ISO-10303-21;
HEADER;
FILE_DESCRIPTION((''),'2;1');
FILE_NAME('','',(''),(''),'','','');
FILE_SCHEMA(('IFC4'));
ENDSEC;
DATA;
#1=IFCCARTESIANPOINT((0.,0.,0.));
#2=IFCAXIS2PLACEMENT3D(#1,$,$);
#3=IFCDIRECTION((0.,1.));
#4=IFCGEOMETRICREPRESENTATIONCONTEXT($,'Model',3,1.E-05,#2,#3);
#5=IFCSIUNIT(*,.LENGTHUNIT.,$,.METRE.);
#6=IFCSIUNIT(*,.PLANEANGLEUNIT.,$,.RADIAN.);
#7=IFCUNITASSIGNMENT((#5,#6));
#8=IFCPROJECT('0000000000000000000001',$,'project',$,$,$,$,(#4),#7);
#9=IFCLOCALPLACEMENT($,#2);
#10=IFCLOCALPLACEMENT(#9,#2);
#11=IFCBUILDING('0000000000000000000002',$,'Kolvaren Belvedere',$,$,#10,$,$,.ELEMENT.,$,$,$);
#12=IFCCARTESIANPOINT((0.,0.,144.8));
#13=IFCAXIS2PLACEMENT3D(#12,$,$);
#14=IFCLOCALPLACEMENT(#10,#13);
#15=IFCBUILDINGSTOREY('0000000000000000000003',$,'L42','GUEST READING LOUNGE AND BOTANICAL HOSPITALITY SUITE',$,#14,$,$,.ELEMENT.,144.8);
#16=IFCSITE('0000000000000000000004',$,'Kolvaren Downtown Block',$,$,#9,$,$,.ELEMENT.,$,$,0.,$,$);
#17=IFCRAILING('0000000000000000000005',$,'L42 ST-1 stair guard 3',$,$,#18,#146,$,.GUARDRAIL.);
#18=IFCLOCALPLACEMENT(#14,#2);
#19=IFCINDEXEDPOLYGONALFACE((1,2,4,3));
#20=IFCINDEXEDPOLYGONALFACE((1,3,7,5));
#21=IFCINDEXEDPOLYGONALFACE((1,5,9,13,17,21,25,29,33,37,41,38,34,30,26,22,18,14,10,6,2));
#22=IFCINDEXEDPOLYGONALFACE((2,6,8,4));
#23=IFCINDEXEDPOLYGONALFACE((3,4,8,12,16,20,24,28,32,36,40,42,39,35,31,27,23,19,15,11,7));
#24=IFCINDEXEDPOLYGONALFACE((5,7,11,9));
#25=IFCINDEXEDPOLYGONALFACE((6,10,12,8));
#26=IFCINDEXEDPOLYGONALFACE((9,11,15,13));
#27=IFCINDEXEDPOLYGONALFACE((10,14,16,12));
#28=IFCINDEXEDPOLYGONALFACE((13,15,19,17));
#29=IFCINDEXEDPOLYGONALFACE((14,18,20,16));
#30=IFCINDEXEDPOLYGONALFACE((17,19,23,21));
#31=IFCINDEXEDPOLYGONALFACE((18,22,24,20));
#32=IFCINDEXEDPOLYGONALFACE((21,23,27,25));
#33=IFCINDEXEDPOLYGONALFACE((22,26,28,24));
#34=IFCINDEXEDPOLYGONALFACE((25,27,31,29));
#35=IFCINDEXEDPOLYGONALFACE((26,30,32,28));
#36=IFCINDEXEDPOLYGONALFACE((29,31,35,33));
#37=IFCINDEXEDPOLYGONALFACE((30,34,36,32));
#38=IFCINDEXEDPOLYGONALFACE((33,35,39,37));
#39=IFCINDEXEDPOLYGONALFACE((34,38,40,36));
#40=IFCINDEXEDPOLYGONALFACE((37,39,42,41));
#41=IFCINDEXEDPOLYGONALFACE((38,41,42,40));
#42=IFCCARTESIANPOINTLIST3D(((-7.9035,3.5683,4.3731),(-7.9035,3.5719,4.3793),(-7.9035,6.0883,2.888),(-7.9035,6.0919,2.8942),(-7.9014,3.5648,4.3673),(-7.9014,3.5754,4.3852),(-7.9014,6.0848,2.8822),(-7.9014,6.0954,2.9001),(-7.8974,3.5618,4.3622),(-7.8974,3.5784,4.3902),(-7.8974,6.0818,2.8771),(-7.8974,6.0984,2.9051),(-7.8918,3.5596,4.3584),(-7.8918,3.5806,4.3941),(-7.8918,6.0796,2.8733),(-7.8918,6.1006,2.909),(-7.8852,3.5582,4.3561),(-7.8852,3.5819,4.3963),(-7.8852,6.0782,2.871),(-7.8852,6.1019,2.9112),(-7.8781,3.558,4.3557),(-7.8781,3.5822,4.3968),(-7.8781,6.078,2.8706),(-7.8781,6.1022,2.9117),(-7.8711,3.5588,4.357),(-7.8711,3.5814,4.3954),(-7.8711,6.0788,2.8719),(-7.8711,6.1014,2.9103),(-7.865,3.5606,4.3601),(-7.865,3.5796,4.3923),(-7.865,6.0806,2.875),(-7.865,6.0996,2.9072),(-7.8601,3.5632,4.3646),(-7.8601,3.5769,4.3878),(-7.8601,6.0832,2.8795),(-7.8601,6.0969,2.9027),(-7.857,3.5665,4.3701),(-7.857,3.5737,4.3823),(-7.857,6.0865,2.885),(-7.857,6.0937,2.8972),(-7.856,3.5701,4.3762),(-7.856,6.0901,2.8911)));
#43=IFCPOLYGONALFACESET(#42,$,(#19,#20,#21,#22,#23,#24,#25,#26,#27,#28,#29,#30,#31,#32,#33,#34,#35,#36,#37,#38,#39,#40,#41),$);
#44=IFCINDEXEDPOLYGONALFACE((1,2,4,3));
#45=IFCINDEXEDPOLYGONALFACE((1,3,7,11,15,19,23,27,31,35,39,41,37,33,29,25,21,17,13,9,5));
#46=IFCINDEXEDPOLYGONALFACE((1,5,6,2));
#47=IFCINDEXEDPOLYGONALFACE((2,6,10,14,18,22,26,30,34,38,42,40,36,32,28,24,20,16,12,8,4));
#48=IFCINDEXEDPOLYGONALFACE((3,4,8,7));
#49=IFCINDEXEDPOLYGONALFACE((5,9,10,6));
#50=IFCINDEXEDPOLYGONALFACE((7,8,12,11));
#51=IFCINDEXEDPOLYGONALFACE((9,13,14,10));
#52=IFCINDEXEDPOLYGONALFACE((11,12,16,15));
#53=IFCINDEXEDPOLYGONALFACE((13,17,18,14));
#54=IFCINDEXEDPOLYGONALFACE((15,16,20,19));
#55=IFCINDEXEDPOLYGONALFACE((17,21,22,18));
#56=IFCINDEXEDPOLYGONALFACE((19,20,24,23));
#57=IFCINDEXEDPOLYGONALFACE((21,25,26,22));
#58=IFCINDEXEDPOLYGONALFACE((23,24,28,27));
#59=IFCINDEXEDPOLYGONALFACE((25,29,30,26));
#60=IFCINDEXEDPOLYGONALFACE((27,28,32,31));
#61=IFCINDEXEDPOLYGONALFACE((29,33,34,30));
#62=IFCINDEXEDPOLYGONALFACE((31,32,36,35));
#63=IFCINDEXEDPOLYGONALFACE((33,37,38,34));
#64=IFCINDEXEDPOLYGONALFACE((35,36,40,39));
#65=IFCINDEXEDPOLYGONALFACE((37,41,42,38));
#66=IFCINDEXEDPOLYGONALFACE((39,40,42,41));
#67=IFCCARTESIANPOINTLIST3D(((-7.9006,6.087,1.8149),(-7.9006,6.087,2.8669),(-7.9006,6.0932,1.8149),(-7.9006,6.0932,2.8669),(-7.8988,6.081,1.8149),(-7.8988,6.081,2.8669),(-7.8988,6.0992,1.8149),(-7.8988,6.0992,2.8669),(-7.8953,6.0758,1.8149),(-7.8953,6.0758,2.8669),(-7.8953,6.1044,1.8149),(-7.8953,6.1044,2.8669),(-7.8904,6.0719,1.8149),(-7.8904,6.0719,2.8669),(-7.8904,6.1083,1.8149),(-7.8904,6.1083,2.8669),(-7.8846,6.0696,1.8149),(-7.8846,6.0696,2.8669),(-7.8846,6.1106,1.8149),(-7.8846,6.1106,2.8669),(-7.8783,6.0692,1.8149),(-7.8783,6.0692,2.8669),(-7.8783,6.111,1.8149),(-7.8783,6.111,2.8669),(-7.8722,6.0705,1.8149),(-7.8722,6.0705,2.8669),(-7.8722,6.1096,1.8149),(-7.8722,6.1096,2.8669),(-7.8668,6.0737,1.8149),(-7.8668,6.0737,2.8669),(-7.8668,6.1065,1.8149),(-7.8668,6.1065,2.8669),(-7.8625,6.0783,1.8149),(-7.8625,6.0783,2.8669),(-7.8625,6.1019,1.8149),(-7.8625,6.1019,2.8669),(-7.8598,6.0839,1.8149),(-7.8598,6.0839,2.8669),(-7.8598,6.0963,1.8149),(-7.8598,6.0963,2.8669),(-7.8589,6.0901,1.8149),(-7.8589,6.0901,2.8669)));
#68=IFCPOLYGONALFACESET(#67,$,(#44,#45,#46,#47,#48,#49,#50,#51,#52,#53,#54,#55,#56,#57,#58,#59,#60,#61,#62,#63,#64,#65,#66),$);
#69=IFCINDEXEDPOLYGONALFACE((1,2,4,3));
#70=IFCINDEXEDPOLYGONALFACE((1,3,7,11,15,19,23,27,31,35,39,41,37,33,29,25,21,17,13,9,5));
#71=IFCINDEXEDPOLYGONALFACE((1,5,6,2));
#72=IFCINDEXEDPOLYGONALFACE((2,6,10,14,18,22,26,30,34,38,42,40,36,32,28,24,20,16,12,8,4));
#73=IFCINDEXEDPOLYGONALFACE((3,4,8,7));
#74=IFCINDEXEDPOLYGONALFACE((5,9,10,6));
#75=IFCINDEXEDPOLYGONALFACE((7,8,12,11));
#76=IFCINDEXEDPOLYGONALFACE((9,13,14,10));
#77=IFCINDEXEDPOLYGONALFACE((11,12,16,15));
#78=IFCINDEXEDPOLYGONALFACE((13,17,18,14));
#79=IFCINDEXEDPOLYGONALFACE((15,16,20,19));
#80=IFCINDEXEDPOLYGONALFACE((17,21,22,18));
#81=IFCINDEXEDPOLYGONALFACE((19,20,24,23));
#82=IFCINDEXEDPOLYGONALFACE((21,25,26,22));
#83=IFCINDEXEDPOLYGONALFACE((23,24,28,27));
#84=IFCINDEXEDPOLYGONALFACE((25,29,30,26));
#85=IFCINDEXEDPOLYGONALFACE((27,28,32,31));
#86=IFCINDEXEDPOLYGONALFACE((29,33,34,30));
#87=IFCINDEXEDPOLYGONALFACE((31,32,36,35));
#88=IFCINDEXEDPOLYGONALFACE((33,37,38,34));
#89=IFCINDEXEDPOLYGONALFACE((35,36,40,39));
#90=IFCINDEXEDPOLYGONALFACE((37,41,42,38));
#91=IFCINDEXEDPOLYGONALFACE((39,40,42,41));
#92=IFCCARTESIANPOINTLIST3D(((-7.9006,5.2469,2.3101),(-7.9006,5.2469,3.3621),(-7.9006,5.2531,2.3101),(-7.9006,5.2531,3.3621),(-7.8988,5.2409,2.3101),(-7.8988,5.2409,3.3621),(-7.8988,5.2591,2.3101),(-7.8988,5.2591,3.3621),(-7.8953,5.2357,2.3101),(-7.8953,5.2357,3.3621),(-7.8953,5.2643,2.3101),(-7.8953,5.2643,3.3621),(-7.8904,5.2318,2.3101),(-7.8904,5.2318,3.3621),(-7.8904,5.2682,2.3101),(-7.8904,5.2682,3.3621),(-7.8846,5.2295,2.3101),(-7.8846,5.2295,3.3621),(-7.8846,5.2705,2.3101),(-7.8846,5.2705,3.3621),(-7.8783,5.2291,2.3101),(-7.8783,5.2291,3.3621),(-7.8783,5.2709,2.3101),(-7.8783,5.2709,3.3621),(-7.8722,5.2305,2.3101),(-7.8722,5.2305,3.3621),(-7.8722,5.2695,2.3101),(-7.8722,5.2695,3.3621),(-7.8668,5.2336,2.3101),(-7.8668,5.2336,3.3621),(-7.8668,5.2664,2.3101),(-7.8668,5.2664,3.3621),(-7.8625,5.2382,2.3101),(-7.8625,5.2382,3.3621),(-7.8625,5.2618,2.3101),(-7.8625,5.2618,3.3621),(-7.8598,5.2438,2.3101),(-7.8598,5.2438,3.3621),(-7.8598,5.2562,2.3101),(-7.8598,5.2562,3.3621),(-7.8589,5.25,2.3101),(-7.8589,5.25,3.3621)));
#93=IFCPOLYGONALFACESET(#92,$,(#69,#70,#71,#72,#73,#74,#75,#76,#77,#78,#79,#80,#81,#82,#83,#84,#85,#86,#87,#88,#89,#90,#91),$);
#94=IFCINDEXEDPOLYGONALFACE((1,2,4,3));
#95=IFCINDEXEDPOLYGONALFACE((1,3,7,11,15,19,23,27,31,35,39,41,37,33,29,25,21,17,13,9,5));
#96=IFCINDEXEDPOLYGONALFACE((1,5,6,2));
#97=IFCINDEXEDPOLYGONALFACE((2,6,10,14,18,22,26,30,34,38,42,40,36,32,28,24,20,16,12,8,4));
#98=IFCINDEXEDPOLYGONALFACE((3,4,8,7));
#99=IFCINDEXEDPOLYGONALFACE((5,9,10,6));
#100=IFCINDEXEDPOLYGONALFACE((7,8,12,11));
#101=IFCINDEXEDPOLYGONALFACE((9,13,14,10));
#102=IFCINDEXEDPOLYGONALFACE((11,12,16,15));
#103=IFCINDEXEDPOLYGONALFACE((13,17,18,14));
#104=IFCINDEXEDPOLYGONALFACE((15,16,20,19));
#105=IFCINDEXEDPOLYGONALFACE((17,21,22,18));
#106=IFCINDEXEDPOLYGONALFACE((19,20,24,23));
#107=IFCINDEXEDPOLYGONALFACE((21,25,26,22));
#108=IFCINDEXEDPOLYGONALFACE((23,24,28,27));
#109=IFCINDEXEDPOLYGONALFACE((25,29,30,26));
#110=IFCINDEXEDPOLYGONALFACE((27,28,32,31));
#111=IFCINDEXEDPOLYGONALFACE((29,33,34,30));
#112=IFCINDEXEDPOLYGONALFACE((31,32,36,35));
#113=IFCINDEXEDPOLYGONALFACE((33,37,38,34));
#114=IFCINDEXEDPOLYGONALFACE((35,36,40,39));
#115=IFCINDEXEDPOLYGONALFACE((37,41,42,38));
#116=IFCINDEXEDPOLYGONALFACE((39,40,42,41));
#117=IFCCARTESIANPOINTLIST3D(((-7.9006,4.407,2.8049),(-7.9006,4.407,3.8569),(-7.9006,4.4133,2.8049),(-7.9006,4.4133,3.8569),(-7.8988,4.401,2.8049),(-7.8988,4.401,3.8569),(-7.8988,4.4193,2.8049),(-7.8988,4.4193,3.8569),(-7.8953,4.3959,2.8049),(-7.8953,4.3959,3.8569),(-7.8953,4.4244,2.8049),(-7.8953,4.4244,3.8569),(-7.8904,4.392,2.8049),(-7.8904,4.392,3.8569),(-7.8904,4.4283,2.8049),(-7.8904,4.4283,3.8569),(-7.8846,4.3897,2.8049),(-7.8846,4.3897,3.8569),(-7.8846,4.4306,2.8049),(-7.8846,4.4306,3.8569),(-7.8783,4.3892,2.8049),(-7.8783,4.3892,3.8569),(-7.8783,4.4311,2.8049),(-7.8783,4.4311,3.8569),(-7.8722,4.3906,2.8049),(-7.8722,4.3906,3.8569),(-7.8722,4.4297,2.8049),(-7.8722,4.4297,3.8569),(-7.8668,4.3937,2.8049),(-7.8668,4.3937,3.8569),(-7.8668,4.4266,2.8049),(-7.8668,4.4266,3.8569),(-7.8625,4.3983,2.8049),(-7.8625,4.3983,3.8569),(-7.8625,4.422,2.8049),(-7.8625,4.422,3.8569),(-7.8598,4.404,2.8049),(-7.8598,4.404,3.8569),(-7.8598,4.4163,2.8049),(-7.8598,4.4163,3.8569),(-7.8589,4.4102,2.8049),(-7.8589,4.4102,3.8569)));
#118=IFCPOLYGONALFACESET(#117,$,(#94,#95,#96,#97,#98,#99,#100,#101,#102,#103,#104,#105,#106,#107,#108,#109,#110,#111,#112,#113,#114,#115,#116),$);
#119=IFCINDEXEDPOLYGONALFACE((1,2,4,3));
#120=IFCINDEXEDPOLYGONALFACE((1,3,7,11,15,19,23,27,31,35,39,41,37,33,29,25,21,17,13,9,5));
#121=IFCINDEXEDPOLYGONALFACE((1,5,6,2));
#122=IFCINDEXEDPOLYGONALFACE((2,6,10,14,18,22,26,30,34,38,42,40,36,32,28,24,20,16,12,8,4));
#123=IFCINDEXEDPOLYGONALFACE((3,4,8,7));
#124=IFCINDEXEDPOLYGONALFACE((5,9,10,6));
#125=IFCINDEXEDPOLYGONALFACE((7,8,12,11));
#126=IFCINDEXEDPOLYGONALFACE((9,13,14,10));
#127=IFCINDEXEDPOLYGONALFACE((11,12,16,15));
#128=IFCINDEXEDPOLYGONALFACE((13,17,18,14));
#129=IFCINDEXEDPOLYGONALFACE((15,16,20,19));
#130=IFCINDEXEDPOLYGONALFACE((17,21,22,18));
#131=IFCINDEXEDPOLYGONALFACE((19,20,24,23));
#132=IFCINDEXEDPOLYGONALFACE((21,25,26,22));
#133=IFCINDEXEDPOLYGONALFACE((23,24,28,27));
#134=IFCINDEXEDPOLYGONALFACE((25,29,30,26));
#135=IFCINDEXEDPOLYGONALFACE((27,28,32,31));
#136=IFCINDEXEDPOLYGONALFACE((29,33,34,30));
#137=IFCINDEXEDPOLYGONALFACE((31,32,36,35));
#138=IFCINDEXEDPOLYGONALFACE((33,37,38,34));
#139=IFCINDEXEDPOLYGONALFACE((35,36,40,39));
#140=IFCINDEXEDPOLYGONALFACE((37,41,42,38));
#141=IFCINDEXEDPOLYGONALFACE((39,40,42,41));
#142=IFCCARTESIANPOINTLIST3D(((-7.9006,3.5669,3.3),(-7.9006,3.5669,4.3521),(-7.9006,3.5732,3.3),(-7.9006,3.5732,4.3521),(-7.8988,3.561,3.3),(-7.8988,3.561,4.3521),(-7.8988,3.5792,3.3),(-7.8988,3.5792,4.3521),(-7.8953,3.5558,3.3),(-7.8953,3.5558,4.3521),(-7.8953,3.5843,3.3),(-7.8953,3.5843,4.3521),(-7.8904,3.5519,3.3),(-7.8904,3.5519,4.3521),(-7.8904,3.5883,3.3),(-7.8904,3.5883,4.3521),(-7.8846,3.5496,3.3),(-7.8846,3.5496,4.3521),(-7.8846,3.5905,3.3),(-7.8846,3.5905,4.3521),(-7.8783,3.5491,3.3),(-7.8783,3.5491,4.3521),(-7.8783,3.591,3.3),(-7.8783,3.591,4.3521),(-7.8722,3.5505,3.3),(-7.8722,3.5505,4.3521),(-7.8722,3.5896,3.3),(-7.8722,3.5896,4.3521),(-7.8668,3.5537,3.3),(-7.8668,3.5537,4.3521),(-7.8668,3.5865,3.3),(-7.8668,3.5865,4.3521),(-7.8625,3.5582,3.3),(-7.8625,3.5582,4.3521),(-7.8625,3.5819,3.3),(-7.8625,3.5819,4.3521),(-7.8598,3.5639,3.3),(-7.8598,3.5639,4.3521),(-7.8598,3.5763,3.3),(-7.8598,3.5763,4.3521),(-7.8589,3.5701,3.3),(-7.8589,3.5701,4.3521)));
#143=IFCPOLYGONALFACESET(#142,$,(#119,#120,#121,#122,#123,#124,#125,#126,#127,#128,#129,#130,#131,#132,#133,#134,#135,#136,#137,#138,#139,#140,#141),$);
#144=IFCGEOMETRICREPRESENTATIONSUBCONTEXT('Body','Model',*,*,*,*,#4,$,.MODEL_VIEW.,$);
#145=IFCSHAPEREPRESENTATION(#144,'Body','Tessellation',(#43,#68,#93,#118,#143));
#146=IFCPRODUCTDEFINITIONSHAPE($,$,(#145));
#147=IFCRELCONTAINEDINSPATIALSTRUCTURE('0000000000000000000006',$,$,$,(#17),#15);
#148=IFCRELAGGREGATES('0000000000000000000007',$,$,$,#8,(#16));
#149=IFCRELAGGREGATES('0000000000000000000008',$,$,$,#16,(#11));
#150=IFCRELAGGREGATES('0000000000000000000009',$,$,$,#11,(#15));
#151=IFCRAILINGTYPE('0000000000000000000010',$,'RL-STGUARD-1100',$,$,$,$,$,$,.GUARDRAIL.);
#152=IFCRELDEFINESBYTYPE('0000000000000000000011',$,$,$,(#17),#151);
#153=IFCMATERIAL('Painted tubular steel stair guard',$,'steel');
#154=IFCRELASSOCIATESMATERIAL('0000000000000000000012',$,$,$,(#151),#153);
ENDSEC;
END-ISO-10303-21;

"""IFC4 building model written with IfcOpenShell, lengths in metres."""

from ifc_helpers import new_model, si_unit, direction, frame, origin, origin_2d, place, context, subcontext, project, spatial, circle, extrude, material, type_object, element, save


model = new_model("IFC4")

# Units and contexts
model_context = context("Model", 3, precision=1e-05, world=origin(), true_north=direction((0.0, 1.0)))
body_context = subcontext(model_context, "Body", "Model", "MODEL_VIEW")
ifc_project = project(units=[si_unit("LENGTHUNIT", "METRE"), si_unit("PLANEANGLEUNIT", "RADIAN")], contexts=[model_context])

# Site, building, storey
site_placement = place(None, origin())
site = spatial("IfcSite", under=ifc_project, at=site_placement, Name="Kolvaren Downtown Block", CompositionType="ELEMENT", RefElevation=0.0)
building_placement = place(site_placement, origin())
building = spatial("IfcBuilding", under=site, at=building_placement, Name="Kolvaren Belvedere", CompositionType="ELEMENT")
storey_placement = place(building_placement, frame((0.0, 0.0, 144.8)))
storey = spatial("IfcBuildingStorey", under=building, at=storey_placement, Name="L42", Description="GUEST READING LOUNGE AND BOTANICAL HOSPITALITY SUITE", CompositionType="ELEMENT", Elevation=144.8)

# Railing
ifc_material_1 = material(Name="Painted tubular steel stair guard", Category="steel")
railing_type_1 = type_object("IfcRailingType", Name="RL-STGUARD-1100", PredefinedType="GUARDRAIL", material=ifc_material_1)
railing_1_placement = place(storey_placement, frame((-7.8799, 6.0901, 1.8149)))
element("IfcRailing", 1, at=railing_1_placement, inside=storey, type_object=railing_type_1, Name="L42 ST-1 stair guard 3", PredefinedType="GUARDRAIL", context=body_context, shape_type="SweptSolid", body=[
    extrude(circle(Radius=0.0239, at=origin_2d()), frame((0.0, 0.0, 1.0762), z_axis=(0.0, -0.861524, 0.507717), x_axis=(1.0, 0.0, 0.0)), (0.0, 0.0, 1.0), 2.925),
    extrude(circle(Radius=0.021, at=origin_2d()), origin(), (0.0, 0.0, 1.0), 1.052),
    extrude(circle(Radius=0.021, at=origin_2d()), frame((0.0, -0.8401, 0.4951)), (0.0, 0.0, 1.0), 1.052),
    extrude(circle(Radius=0.021, at=origin_2d()), frame((0.0, -1.6799, 0.99)), (0.0, 0.0, 1.0), 1.052),
    extrude(circle(Radius=0.021, at=origin_2d()), frame((0.0, -2.52, 1.4851)), (0.0, 0.0, 1.0), 1.052),
])

save(model, "model.ifc")
